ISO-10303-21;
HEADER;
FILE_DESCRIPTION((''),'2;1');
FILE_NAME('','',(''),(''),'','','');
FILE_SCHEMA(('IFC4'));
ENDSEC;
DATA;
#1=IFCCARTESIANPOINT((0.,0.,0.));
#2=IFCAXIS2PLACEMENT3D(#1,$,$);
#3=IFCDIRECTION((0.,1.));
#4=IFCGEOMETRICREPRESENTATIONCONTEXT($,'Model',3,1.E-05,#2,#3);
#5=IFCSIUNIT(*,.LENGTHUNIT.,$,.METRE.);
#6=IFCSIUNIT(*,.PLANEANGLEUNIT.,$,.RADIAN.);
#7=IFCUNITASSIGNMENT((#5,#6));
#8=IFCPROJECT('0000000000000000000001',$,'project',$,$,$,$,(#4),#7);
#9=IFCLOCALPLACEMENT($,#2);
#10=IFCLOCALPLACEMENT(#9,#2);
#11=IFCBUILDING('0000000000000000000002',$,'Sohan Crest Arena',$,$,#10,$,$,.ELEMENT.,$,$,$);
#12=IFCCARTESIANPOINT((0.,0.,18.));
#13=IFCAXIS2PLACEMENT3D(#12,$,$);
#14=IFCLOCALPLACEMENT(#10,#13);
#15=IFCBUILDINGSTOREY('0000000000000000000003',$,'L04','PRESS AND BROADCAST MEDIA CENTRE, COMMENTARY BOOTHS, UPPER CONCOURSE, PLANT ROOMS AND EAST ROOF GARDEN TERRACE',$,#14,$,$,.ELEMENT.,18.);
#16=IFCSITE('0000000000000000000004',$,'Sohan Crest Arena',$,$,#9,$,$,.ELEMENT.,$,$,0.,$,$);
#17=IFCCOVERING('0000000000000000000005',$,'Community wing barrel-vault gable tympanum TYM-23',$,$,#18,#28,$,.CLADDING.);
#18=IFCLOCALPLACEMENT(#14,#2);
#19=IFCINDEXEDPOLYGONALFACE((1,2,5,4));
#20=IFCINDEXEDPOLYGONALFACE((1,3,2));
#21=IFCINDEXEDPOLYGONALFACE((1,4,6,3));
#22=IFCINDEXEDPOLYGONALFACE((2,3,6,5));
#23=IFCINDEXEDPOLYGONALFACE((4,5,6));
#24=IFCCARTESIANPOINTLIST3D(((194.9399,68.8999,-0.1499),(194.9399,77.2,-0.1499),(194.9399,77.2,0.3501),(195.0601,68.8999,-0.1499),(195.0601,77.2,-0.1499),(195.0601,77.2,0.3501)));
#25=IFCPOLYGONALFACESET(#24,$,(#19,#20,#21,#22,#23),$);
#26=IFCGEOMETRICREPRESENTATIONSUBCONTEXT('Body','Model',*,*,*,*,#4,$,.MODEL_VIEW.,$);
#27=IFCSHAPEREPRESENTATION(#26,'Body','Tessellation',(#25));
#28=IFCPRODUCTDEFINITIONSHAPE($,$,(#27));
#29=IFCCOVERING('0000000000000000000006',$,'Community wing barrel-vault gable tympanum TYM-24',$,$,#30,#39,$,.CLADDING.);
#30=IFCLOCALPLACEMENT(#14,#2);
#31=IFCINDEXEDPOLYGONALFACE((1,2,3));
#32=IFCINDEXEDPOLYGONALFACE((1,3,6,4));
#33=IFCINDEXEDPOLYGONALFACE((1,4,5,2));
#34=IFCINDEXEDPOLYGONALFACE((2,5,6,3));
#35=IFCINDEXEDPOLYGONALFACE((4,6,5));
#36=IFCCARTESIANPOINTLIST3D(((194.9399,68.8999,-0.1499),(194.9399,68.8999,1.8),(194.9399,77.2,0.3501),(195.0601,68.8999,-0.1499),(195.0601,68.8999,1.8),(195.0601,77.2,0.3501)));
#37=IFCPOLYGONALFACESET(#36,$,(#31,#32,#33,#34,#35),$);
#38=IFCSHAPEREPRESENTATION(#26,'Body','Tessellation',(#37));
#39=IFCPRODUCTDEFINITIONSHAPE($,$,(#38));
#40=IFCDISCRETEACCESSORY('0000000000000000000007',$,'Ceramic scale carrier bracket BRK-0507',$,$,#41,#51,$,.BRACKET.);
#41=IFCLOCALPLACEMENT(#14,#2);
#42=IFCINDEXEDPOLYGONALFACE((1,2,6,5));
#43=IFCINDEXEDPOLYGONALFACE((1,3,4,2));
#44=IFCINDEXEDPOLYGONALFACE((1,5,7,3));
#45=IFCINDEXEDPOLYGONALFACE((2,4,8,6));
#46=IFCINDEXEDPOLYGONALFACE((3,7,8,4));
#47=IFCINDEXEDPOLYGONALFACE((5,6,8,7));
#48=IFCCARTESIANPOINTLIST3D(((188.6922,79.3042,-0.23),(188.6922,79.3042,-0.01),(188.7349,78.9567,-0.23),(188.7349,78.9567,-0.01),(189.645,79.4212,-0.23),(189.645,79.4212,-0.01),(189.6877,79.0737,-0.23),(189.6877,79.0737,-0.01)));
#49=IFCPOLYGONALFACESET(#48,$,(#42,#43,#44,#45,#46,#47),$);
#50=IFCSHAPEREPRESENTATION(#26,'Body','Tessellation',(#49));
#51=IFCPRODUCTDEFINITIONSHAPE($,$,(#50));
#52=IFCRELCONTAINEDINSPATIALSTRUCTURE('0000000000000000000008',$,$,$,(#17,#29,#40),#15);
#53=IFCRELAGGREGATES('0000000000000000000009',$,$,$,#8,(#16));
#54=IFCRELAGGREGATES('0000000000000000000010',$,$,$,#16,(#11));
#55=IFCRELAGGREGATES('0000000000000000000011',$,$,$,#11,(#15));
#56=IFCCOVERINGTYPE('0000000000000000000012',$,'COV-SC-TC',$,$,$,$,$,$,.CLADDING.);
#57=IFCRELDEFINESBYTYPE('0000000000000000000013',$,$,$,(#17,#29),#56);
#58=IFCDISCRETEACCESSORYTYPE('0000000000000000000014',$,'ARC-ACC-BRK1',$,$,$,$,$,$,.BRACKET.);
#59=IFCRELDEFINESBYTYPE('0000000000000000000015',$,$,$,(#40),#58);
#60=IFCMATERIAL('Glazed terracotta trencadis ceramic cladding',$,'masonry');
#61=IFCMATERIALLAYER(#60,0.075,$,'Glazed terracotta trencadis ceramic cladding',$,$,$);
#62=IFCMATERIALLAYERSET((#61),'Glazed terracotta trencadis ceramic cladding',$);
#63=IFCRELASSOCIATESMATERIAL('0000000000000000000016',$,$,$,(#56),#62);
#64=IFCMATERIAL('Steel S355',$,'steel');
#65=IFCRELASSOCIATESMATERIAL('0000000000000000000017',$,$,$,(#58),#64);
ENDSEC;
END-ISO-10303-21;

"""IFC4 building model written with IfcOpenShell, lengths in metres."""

from ifc_helpers import new_model, si_unit, direction, frame, origin, origin_2d, place, context, subcontext, project, spatial, polyline, rectangle, outline, extrude, material, layer, layer_set, type_object, element, save


model = new_model("IFC4")

# Units and contexts
model_context = context("Model", 3, precision=1e-05, world=origin(), true_north=direction((0.0, 1.0)))
body_context = subcontext(model_context, "Body", "Model", "MODEL_VIEW")
ifc_project = project(units=[si_unit("LENGTHUNIT", "METRE"), si_unit("PLANEANGLEUNIT", "RADIAN")], contexts=[model_context])

# Site, building, storey
site_placement = place(None, origin())
site = spatial("IfcSite", under=ifc_project, at=site_placement, Name="Sohan Crest Arena", CompositionType="ELEMENT", RefElevation=0.0)
building_placement = place(site_placement, origin())
building = spatial("IfcBuilding", under=site, at=building_placement, Name="Sohan Crest Arena", CompositionType="ELEMENT")
storey_placement = place(building_placement, frame((0.0, 0.0, 18.0)))
storey = spatial("IfcBuildingStorey", under=building, at=storey_placement, Name="L04", Description="PRESS AND BROADCAST MEDIA CENTRE, COMMENTARY BOOTHS, UPPER CONCOURSE, PLANT ROOMS AND EAST ROOF GARDEN TERRACE", CompositionType="ELEMENT", Elevation=18.0)

# Shared definitions
ifc_material_1 = material(Name="Steel S355", Category="steel")

# Coverings
ifc_material_2 = material(Name="Glazed terracotta trencadis ceramic cladding", Category="masonry")
ifc_layer_1 = layer(ifc_material_2, 0.075, Name="Glazed terracotta trencadis ceramic cladding")
ifc_layer_set_1 = layer_set([ifc_layer_1], Name="Glazed terracotta trencadis ceramic cladding")
covering_type_1 = type_object("IfcCoveringType", Name="COV-SC-TC", PredefinedType="CLADDING", material=ifc_layer_set_1)
covering_1_placement = place(storey_placement, frame((195.0601, 68.8999, -0.1499), z_axis=(1.0, 0.0, 0.0), x_axis=(0.0, 1.0, 0.0)))
element("IfcCovering", 1, at=covering_1_placement, inside=storey, type_object=covering_type_1, Name="Community wing barrel-vault gable tympanum TYM-23", PredefinedType="CLADDING", context=body_context, shape_type="SweptSolid", body=[
    extrude(outline(polyline([(0.0, 0.0), (8.3, 0.0), (8.3, 0.5), (0.0, 0.0)])), origin(), (0.0, 0.0, -1.0), 0.1201),
])
covering_2_placement = place(storey_placement, frame((195.0601, 68.8999, -0.1499), z_axis=(1.0, 0.0, 0.0), x_axis=(0.0, 0.99819, 0.060132)))
element("IfcCovering", 2, at=covering_2_placement, inside=storey, type_object=covering_type_1, Name="Community wing barrel-vault gable tympanum TYM-24", PredefinedType="CLADDING", context=body_context, shape_type="SweptSolid", body=[
    extrude(outline(polyline([(0.0, 0.0), (8.3151, 0.0), (0.1173, 1.9464), (0.0, 0.0)])), origin(), (0.0, 0.0, -1.0), 0.1201),
])

# Discrete accessory
discrete_accessory_type = type_object("IfcDiscreteAccessoryType", Name="ARC-ACC-BRK1", PredefinedType="BRACKET", material=ifc_material_1)
discrete_accessory_placement = place(storey_placement, frame((189.1899, 79.189, -0.23), z_axis=(0.0, 0.0, 1.0), x_axis=(-0.121869, 0.992546, 0.0)))
element("IfcDiscreteAccessory", 3, at=discrete_accessory_placement, inside=storey, type_object=discrete_accessory_type, Name="Ceramic scale carrier bracket BRK-0507", PredefinedType="BRACKET", context=body_context, shape_type="SweptSolid", body=[
    extrude(rectangle(XDim=0.3501, YDim=0.96, at=origin_2d()), origin(), (0.0, 0.0, 1.0), 0.22),
])

save(model, "model.ifc")
